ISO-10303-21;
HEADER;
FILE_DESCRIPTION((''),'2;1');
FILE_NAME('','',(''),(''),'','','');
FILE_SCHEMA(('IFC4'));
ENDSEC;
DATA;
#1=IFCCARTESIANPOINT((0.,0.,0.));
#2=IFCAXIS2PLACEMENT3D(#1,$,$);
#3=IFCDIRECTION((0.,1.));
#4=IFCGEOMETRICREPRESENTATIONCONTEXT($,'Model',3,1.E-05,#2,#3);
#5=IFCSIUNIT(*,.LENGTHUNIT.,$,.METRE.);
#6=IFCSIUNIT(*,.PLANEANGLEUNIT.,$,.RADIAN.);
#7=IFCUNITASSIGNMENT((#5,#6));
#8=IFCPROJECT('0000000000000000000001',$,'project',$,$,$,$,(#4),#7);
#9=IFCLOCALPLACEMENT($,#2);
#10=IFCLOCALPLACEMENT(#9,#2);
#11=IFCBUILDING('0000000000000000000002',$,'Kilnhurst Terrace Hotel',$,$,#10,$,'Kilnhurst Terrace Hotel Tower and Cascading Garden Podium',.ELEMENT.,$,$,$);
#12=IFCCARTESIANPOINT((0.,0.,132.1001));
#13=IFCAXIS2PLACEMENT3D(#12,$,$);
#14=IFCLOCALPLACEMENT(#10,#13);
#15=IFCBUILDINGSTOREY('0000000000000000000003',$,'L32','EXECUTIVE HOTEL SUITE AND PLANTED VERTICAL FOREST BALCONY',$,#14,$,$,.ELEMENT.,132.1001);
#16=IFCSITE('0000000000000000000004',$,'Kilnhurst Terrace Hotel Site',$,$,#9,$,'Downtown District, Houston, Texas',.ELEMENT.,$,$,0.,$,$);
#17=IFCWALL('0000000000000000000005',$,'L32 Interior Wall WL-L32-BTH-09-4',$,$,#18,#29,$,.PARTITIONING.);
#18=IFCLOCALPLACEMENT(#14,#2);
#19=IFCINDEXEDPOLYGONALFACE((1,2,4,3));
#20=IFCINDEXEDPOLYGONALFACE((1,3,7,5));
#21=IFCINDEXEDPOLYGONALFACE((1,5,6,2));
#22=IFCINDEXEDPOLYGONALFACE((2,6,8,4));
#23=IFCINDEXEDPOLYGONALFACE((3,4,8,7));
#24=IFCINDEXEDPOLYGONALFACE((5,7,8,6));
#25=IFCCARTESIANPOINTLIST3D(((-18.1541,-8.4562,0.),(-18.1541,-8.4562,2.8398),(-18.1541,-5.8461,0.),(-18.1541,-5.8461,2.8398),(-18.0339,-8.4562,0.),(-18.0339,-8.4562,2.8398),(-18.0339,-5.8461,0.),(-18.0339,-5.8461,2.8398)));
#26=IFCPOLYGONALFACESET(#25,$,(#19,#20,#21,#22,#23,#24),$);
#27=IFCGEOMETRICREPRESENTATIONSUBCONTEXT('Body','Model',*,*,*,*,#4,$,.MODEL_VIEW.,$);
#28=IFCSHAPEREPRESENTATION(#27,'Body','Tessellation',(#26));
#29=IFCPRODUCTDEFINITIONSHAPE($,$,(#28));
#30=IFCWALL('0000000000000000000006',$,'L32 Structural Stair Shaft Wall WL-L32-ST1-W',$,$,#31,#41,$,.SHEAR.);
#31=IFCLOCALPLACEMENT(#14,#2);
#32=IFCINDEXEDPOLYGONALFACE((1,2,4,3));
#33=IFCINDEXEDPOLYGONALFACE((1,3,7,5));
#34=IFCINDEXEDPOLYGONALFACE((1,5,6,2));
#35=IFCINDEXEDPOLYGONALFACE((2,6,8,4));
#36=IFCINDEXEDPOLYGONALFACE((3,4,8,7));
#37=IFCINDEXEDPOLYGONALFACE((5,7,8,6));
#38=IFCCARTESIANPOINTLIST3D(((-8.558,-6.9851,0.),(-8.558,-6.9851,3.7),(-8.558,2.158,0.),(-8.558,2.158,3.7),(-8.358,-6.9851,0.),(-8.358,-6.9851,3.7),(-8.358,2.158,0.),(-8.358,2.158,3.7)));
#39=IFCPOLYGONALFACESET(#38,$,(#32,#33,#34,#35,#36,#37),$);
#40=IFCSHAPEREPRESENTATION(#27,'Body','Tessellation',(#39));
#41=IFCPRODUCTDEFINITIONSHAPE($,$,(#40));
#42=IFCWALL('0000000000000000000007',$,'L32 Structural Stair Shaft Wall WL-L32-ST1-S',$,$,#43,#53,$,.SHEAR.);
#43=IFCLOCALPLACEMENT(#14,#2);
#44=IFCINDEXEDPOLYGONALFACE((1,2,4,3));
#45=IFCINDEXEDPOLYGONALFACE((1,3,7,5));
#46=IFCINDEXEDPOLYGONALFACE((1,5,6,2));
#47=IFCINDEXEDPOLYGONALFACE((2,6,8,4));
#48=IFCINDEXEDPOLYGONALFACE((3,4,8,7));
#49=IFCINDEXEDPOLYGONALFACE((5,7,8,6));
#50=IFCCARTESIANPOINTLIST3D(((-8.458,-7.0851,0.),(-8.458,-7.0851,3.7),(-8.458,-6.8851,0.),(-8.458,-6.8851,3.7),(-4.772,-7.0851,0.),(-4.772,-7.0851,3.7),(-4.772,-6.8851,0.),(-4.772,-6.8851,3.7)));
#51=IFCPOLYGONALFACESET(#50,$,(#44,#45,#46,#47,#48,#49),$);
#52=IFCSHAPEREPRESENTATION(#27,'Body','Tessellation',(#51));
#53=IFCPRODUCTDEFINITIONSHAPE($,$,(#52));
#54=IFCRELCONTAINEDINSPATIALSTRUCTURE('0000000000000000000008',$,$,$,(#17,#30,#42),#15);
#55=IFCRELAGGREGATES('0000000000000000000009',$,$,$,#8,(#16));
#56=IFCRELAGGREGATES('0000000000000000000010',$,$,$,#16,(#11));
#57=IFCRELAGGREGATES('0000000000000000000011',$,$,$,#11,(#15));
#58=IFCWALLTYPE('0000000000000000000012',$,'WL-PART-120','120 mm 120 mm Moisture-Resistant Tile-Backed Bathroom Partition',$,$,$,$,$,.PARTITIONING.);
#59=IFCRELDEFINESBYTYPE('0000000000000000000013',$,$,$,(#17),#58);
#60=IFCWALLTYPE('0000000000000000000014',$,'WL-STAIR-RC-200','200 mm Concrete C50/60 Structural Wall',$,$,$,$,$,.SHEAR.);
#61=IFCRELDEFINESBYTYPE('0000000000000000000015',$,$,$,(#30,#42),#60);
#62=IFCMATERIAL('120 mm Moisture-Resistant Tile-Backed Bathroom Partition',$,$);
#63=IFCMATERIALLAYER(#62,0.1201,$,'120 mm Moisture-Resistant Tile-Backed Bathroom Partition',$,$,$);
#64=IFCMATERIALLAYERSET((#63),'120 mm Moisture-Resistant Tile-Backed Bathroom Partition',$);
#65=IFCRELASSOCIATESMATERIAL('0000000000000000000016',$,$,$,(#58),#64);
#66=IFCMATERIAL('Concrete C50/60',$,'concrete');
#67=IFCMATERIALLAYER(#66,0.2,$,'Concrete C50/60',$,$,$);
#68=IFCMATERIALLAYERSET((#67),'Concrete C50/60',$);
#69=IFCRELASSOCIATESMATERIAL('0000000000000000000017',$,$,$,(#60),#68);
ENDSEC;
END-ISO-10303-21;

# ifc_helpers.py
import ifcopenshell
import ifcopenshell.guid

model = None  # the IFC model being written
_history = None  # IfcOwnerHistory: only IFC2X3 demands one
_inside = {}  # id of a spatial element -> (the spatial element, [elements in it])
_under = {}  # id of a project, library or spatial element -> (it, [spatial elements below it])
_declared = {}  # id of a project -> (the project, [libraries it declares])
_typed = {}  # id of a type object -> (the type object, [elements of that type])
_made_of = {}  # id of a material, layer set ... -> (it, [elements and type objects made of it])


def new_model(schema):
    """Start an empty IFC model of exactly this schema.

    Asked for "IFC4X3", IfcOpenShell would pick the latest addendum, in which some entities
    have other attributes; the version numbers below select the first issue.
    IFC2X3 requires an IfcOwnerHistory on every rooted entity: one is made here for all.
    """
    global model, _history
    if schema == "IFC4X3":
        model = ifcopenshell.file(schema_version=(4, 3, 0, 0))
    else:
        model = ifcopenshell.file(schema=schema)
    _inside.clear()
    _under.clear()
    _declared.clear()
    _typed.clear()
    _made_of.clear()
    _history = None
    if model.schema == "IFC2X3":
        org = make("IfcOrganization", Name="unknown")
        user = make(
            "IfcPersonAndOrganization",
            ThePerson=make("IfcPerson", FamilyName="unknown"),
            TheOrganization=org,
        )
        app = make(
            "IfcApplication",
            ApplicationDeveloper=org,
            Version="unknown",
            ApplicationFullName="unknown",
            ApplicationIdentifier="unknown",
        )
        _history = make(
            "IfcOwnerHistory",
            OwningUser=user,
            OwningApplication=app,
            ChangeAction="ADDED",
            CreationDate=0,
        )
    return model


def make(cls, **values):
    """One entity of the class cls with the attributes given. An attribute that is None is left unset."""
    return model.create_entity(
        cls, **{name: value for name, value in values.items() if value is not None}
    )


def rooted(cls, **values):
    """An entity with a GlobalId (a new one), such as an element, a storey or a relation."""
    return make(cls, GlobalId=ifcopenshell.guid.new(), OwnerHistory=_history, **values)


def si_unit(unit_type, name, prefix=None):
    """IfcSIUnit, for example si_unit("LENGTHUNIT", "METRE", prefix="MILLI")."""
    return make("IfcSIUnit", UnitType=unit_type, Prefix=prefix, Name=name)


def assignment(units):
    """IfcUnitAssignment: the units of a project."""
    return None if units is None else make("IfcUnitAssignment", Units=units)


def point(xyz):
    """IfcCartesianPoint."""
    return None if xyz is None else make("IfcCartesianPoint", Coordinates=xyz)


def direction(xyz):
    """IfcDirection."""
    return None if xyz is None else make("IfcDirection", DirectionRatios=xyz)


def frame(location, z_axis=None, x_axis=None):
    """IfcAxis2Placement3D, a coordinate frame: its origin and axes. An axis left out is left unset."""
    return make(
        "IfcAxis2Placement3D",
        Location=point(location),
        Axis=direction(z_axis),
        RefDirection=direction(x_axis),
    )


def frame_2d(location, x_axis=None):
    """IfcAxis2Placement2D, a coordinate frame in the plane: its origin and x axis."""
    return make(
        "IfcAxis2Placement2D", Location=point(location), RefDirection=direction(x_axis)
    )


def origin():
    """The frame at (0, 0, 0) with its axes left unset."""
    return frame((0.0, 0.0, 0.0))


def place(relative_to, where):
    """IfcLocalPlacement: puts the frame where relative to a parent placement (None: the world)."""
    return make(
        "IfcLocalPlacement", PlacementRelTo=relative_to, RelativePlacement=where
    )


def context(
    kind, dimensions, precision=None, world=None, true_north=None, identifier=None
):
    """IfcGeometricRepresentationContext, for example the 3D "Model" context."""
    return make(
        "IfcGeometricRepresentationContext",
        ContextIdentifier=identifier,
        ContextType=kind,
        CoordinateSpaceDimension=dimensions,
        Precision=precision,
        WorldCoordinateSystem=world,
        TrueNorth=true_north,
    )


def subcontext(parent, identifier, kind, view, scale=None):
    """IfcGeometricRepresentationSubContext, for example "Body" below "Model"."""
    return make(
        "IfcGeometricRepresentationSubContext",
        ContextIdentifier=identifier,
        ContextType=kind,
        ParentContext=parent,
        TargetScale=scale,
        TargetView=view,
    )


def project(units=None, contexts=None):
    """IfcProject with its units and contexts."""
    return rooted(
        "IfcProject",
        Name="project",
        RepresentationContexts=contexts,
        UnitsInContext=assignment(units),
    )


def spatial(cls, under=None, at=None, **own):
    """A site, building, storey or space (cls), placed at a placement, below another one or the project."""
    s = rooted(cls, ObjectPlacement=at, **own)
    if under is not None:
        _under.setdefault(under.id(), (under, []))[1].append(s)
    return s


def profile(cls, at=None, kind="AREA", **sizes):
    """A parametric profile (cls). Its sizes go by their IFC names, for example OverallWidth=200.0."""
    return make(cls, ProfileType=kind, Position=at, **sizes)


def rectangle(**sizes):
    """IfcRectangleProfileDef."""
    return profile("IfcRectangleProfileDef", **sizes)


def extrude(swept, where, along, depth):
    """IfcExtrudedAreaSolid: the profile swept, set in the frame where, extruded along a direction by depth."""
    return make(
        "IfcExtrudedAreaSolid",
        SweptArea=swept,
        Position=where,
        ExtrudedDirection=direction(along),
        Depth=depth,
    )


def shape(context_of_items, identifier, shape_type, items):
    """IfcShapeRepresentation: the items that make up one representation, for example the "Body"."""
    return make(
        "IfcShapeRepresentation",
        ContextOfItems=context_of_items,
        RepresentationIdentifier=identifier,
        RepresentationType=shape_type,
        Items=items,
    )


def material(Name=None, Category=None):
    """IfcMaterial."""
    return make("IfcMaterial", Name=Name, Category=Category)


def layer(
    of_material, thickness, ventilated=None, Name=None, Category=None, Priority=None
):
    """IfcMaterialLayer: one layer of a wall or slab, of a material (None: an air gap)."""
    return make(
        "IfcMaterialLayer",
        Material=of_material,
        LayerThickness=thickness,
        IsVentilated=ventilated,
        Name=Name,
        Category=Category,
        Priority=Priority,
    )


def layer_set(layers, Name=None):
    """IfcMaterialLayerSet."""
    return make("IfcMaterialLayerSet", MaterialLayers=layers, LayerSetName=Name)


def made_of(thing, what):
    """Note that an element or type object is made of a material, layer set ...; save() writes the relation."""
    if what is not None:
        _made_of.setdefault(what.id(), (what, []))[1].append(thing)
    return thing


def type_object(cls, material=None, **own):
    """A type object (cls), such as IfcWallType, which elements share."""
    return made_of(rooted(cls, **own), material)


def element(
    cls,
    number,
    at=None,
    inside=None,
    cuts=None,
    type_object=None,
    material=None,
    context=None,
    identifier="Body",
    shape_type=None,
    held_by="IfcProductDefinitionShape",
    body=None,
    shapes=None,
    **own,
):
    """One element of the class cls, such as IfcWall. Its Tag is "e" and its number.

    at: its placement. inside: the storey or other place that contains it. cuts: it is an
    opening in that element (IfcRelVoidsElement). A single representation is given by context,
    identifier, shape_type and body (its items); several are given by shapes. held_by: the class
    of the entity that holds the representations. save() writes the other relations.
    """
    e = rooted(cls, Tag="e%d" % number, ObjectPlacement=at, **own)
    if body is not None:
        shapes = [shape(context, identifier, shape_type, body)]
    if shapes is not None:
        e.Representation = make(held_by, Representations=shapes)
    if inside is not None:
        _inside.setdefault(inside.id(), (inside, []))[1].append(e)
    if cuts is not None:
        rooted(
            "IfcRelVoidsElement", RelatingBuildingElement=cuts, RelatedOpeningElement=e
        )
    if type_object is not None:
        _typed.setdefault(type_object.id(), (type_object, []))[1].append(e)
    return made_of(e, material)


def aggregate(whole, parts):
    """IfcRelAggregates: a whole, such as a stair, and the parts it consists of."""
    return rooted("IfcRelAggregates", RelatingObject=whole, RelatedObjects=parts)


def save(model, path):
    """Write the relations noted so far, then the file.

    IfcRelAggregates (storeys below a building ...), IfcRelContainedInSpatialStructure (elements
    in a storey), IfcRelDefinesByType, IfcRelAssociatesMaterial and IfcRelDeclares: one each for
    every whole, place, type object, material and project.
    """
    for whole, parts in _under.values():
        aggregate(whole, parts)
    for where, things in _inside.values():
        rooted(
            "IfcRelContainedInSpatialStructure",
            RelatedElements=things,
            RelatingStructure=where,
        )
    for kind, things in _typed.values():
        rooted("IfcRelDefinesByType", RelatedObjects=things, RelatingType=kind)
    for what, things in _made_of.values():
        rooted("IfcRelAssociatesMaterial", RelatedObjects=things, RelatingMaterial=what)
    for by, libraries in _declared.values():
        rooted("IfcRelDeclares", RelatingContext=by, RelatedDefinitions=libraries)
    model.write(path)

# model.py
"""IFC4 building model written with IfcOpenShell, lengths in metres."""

from ifc_helpers import new_model, si_unit, direction, frame, frame_2d, origin, place, context, subcontext, project, spatial, rectangle, extrude, material, layer, layer_set, type_object, element, save


model = new_model("IFC4")

# Units and contexts
model_context = context("Model", 3, precision=1e-05, world=origin(), true_north=direction((0.0, 1.0)))
body_context = subcontext(model_context, "Body", "Model", "MODEL_VIEW")
ifc_project = project(units=[si_unit("LENGTHUNIT", "METRE"), si_unit("PLANEANGLEUNIT", "RADIAN")], contexts=[model_context])

# Site, building, storey
site_placement = place(None, origin())
site = spatial("IfcSite", under=ifc_project, at=site_placement, Name="Kilnhurst Terrace Hotel Site", LongName="Downtown District, Houston, Texas", CompositionType="ELEMENT", RefElevation=0.0)
building_placement = place(site_placement, origin())
building = spatial("IfcBuilding", under=site, at=building_placement, Name="Kilnhurst Terrace Hotel", LongName="Kilnhurst Terrace Hotel Tower and Cascading Garden Podium", CompositionType="ELEMENT")
storey_placement = place(building_placement, frame((0.0, 0.0, 132.1001)))
storey = spatial("IfcBuildingStorey", under=building, at=storey_placement, Name="L32", Description="EXECUTIVE HOTEL SUITE AND PLANTED VERTICAL FOREST BALCONY", CompositionType="ELEMENT", Elevation=132.1001)

# Shared definitions
ifc_material_1 = material(Name="Concrete C50/60", Category="concrete")

# Shared definitions
ifc_material_2 = material(Name="120 mm Moisture-Resistant Tile-Backed Bathroom Partition")
ifc_layer_1 = layer(ifc_material_2, 0.1201, Name="120 mm Moisture-Resistant Tile-Backed Bathroom Partition")
ifc_layer_set_1 = layer_set([ifc_layer_1], Name="120 mm Moisture-Resistant Tile-Backed Bathroom Partition")
wall_type_1 = type_object("IfcWallType", Name="WL-PART-120", Description="120 mm 120 mm Moisture-Resistant Tile-Backed Bathroom Partition", PredefinedType="PARTITIONING", material=ifc_layer_set_1)

# Walls
wall_1_placement = place(storey_placement, frame((-18.094, -5.8459, 0.0), z_axis=(0.0, 0.0, 1.0), x_axis=(0.0, -1.0, 0.0)))
element("IfcWall", 1, at=wall_1_placement, inside=storey, type_object=wall_type_1, Name="L32 Interior Wall WL-L32-BTH-09-4", PredefinedType="PARTITIONING", context=body_context, shape_type="SweptSolid", body=[
    extrude(rectangle(XDim=2.6101, YDim=0.1201, at=frame_2d((1.3052, 0.0))), origin(), (0.0, 0.0, 1.0), 2.8398),
])
ifc_layer_2 = layer(ifc_material_1, 0.2, Name="Concrete C50/60")
ifc_layer_set_2 = layer_set([ifc_layer_2], Name="Concrete C50/60")
wall_type_2 = type_object("IfcWallType", Name="WL-STAIR-RC-200", Description="200 mm Concrete C50/60 Structural Wall", PredefinedType="SHEAR", material=ifc_layer_set_2)
wall_2_placement = place(storey_placement, frame((-8.458, -6.9851, 0.0), z_axis=(0.0, 0.0, 1.0), x_axis=(0.0, 1.0, 0.0)))
element("IfcWall", 2, at=wall_2_placement, inside=storey, type_object=wall_type_2, Name="L32 Structural Stair Shaft Wall WL-L32-ST1-W", PredefinedType="SHEAR", context=body_context, shape_type="SweptSolid", body=[
    extrude(rectangle(XDim=9.1431, YDim=0.2, at=frame_2d((4.5715, 0.0))), origin(), (0.0, 0.0, 1.0), 3.7),
])
wall_3_placement = place(storey_placement, frame((-8.458, -6.9851, 0.0), z_axis=(0.0, 0.0, 1.0), x_axis=(1.0, 0.0, 0.0)))
element("IfcWall", 3, at=wall_3_placement, inside=storey, type_object=wall_type_2, Name="L32 Structural Stair Shaft Wall WL-L32-ST1-S", PredefinedType="SHEAR", context=body_context, shape_type="SweptSolid", body=[
    extrude(rectangle(XDim=3.686, YDim=0.2, at=frame_2d((1.843, 0.0))), origin(), (0.0, 0.0, 1.0), 3.7),
])

save(model, "model.ifc")
